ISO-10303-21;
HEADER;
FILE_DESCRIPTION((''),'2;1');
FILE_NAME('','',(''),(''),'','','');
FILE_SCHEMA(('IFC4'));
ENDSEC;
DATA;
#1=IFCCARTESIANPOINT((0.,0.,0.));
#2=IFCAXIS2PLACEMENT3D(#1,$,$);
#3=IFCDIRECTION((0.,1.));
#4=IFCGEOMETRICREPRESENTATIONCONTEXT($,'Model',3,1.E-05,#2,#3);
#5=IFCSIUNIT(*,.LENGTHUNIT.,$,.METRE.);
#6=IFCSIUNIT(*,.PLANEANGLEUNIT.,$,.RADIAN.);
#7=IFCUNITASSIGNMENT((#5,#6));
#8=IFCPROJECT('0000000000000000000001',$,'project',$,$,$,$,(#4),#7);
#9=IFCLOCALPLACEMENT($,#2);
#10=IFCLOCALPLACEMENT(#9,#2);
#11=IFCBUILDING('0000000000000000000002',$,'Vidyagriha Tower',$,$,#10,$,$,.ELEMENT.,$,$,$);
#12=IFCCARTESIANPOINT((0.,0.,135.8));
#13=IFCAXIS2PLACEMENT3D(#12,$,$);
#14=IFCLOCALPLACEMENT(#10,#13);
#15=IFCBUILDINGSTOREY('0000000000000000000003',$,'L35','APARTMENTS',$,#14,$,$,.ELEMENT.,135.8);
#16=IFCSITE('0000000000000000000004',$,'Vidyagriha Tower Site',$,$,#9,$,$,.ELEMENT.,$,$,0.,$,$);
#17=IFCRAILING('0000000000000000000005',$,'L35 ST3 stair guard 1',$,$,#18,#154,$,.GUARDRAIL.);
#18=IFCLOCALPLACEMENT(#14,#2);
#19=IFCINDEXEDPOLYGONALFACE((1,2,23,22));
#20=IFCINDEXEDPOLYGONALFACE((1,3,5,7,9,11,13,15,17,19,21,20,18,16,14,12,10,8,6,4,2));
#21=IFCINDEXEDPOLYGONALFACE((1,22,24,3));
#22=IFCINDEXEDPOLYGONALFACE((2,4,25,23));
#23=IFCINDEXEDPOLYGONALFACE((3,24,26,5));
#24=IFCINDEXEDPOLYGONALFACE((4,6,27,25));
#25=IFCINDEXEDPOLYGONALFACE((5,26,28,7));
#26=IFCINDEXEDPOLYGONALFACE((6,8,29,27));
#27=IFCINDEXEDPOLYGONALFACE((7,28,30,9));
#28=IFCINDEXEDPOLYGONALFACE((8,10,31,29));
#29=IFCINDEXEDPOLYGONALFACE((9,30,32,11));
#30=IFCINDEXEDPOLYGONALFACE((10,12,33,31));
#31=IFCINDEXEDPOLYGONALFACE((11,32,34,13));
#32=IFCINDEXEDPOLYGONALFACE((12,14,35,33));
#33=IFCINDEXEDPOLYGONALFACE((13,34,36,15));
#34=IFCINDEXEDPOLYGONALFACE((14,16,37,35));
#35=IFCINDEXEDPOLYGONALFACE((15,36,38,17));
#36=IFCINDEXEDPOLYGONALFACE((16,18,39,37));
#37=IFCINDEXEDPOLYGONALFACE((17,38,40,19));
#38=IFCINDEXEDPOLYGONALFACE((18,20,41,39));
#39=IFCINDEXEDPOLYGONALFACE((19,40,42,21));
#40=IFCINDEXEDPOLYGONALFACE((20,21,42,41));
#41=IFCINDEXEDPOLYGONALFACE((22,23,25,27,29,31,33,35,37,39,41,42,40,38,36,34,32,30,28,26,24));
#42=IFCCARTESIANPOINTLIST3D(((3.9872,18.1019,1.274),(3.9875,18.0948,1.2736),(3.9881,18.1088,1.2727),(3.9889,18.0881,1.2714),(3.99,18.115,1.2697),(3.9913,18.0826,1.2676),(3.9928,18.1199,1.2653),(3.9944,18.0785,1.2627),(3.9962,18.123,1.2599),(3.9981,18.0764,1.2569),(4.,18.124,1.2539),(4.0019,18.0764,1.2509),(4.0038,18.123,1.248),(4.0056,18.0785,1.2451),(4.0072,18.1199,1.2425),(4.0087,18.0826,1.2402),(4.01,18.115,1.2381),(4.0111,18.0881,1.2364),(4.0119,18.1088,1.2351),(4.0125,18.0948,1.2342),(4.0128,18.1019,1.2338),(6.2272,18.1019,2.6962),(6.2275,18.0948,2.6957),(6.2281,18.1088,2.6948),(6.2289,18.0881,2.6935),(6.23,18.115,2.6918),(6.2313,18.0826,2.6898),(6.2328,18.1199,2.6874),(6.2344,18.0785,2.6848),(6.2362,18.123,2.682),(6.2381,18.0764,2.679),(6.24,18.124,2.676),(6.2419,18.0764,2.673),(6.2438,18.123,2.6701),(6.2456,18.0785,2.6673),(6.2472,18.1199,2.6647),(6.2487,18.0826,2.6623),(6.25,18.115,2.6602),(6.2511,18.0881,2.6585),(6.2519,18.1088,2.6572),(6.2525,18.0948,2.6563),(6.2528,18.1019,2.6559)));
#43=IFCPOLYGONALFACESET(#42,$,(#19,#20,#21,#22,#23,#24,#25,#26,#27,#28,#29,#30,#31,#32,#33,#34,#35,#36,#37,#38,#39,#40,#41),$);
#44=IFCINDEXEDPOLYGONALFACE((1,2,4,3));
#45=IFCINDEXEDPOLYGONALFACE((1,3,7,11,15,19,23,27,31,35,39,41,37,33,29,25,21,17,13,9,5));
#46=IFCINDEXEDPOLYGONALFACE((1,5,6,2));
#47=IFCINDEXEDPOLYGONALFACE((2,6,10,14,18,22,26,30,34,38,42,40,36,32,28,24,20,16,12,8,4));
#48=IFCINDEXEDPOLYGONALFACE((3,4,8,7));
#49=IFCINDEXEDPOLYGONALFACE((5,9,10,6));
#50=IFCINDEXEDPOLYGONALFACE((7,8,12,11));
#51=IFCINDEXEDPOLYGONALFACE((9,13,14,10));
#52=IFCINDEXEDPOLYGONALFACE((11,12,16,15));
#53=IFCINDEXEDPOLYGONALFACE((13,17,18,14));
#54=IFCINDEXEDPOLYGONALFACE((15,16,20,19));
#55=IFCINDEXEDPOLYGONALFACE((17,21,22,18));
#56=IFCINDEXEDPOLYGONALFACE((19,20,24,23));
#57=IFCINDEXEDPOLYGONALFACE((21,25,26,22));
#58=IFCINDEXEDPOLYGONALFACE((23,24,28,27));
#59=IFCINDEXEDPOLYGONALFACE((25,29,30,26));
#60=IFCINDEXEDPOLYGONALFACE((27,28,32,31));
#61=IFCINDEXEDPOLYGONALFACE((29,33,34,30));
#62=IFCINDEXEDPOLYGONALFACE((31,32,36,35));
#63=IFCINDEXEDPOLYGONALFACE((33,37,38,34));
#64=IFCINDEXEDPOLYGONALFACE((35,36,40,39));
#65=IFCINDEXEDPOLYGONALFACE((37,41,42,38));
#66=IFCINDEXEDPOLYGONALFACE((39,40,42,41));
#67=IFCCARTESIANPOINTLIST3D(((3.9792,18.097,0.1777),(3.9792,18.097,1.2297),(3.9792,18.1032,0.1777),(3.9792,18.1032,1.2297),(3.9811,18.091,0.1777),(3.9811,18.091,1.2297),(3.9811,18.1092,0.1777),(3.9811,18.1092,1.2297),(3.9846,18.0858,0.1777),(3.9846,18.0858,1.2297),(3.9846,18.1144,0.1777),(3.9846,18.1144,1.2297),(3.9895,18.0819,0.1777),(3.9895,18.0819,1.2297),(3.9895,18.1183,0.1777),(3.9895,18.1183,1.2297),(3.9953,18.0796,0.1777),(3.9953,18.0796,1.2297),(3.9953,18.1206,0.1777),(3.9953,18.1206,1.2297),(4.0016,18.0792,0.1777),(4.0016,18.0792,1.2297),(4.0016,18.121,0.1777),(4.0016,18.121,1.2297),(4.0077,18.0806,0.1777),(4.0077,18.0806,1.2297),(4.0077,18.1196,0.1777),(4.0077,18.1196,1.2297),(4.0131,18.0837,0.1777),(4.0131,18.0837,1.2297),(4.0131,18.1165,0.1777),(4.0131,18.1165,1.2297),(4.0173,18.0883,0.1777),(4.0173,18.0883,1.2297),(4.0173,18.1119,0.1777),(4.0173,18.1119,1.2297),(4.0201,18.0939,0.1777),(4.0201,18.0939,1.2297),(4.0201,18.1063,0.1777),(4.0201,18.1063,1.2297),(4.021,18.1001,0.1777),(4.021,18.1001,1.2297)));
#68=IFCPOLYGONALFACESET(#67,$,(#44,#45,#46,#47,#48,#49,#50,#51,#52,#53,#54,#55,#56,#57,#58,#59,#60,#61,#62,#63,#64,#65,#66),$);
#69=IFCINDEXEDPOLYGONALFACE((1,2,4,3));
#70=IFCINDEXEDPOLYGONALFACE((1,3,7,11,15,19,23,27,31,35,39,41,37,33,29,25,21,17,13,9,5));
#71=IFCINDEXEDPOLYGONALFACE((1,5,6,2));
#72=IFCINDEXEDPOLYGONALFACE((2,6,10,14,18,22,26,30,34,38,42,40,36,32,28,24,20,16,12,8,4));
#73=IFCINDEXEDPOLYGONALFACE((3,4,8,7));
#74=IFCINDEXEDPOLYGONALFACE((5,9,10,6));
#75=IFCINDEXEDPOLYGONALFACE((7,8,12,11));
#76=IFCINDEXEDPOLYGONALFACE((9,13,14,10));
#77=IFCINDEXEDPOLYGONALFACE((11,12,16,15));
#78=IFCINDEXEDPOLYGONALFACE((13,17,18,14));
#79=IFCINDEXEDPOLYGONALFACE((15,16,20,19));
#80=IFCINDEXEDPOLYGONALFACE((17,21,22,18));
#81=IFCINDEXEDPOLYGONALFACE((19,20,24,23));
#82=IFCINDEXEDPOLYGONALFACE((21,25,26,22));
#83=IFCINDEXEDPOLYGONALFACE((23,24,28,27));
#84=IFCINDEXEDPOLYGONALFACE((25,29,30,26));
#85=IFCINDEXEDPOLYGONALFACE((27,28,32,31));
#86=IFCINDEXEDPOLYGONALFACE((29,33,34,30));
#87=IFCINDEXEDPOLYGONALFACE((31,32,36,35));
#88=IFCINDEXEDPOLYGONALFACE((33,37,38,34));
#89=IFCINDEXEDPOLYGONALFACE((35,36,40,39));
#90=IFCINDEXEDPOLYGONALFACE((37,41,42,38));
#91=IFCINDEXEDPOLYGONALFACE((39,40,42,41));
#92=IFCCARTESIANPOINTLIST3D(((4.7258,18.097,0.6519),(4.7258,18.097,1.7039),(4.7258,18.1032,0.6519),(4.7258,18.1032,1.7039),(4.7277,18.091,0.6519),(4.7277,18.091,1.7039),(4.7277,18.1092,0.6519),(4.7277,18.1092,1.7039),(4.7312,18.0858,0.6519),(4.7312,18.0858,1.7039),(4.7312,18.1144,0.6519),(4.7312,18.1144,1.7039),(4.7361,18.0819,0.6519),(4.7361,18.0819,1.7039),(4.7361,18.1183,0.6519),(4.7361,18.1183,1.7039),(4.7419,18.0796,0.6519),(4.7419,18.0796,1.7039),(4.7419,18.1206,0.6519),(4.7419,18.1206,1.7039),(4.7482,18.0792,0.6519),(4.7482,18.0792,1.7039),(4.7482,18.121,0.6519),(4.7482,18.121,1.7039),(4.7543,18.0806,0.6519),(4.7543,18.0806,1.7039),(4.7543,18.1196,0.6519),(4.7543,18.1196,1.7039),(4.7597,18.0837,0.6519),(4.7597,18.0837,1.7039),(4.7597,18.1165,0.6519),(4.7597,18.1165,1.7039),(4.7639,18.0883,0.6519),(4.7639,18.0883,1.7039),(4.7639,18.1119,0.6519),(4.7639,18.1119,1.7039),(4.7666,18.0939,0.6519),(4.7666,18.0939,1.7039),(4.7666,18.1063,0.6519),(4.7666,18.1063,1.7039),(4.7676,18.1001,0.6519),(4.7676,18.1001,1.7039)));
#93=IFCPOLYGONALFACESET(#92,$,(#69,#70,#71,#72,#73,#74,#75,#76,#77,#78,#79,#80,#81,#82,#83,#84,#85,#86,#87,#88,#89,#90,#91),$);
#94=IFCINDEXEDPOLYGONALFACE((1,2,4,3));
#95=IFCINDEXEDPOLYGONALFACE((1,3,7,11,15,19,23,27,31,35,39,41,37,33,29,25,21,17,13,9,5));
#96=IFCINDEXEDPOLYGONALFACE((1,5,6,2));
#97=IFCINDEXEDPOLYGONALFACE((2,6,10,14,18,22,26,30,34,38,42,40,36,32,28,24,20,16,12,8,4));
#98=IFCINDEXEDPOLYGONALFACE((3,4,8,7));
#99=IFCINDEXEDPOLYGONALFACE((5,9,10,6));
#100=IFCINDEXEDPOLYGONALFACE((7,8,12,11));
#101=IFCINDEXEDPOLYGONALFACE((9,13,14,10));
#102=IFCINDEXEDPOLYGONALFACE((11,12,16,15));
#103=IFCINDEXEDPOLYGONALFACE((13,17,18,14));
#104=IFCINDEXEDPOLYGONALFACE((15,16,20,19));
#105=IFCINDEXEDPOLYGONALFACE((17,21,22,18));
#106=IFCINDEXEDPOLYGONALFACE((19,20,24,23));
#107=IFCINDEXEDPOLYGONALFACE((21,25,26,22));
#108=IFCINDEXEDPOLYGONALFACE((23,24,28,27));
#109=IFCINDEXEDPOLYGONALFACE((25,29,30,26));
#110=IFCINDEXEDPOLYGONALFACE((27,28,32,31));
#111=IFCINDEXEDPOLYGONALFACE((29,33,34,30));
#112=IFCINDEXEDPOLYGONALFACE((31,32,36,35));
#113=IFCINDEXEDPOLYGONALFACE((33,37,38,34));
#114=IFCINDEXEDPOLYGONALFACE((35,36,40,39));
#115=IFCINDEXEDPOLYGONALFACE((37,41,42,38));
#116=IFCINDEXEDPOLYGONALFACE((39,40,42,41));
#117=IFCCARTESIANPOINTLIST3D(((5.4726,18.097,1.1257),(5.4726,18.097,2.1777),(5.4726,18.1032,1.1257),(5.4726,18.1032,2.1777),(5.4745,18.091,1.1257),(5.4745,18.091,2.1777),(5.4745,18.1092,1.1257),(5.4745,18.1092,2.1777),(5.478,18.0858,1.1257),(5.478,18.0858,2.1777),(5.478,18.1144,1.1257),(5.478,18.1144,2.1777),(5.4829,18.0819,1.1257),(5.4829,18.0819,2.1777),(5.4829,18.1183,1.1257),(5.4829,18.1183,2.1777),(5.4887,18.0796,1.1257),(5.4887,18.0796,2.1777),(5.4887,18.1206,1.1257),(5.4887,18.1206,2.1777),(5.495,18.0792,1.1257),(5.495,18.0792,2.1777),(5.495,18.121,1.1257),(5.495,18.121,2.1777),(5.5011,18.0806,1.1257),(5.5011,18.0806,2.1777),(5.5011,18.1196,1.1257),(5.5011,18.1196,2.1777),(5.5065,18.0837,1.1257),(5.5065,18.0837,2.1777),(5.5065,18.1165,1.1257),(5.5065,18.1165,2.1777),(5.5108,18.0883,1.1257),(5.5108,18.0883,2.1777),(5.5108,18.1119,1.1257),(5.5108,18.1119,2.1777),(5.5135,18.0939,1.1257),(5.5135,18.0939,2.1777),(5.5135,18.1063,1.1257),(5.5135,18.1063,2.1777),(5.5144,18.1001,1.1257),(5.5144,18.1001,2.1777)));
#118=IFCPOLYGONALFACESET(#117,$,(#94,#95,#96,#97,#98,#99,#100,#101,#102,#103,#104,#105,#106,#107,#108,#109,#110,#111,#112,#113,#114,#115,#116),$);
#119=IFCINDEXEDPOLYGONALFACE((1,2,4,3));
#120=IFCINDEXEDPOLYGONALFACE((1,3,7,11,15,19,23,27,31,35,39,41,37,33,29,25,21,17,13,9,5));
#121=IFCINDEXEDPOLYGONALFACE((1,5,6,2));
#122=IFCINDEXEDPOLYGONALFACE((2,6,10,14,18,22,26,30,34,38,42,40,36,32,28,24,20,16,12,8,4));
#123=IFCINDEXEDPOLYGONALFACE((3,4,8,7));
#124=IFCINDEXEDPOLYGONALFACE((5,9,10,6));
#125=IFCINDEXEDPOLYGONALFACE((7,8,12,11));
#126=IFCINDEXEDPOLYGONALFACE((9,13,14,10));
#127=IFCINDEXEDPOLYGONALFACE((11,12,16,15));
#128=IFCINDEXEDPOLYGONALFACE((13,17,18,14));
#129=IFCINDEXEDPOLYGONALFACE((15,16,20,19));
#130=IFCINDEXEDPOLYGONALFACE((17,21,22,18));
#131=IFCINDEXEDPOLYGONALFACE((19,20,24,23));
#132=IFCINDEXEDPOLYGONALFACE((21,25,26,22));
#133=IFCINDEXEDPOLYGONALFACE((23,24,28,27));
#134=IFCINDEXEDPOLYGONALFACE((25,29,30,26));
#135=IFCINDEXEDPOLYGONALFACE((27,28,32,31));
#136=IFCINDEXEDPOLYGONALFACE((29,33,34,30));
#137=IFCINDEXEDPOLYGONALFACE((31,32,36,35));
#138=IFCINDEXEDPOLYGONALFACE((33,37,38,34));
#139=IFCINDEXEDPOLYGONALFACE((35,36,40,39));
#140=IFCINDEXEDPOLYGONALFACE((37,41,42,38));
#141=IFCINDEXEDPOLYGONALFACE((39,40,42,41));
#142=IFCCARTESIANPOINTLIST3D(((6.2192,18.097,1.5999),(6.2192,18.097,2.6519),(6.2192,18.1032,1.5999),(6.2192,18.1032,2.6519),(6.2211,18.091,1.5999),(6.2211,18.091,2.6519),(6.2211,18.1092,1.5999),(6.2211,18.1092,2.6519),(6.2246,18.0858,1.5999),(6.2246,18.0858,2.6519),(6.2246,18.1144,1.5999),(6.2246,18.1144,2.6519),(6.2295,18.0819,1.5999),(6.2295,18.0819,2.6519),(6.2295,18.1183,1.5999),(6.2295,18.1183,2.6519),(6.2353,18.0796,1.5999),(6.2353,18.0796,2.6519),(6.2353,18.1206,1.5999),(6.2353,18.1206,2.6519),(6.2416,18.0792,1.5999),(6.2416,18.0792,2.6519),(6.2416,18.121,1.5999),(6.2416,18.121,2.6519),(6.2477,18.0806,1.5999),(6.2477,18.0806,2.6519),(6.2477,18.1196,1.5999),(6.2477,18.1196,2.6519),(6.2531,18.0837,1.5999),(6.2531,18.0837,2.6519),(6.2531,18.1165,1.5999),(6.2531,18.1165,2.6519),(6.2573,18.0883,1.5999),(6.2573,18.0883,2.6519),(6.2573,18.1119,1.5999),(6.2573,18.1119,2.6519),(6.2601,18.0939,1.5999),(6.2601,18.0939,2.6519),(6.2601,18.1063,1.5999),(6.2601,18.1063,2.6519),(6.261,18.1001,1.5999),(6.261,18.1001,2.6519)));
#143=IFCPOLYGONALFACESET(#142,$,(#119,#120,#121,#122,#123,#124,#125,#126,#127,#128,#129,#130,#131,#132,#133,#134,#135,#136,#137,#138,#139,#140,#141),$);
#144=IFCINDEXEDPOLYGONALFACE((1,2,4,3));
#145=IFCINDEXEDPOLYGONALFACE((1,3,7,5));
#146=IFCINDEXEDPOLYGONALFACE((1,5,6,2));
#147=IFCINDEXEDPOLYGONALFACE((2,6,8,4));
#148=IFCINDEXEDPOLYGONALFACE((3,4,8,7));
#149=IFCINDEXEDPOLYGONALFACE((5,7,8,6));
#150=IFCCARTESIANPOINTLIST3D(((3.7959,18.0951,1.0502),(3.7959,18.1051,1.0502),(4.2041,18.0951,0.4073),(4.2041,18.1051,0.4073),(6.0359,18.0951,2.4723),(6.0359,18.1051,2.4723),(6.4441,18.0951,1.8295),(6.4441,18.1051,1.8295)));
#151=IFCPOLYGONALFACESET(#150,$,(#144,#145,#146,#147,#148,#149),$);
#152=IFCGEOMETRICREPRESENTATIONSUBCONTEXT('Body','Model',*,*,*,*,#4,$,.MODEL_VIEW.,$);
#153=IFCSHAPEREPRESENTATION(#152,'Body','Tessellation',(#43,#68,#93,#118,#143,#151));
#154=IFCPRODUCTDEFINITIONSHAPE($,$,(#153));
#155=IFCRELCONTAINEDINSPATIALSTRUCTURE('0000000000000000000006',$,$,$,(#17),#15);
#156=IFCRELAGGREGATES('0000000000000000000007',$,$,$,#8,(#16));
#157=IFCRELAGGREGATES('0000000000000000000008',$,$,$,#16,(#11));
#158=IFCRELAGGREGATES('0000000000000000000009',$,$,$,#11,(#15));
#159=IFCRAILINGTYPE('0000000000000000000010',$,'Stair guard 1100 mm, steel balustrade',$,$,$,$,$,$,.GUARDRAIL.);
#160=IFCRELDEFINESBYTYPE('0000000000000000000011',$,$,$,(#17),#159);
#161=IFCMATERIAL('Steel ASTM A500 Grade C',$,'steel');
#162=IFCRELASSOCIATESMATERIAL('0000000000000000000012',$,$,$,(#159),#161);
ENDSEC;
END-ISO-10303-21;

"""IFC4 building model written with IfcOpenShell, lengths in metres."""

from ifc_helpers import new_model, si_unit, direction, frame, origin, origin_2d, place, context, subcontext, project, spatial, rectangle, circle, extrude, material, type_object, element, save


model = new_model("IFC4")

# Units and contexts
model_context = context("Model", 3, precision=1e-05, world=origin(), true_north=direction((0.0, 1.0)))
body_context = subcontext(model_context, "Body", "Model", "MODEL_VIEW")
ifc_project = project(units=[si_unit("LENGTHUNIT", "METRE"), si_unit("PLANEANGLEUNIT", "RADIAN")], contexts=[model_context])

# Site, building, storey
site_placement = place(None, origin())
site = spatial("IfcSite", under=ifc_project, at=site_placement, Name="Vidyagriha Tower Site", CompositionType="ELEMENT", RefElevation=0.0)
building_placement = place(site_placement, origin())
building = spatial("IfcBuilding", under=site, at=building_placement, Name="Vidyagriha Tower", CompositionType="ELEMENT")
storey_placement = place(building_placement, frame((0.0, 0.0, 135.8)))
storey = spatial("IfcBuildingStorey", under=building, at=storey_placement, Name="L35", Description="APARTMENTS", CompositionType="ELEMENT", Elevation=135.8)

# Railing
ifc_material_1 = material(Name="Steel ASTM A500 Grade C", Category="steel")
railing_type_1 = type_object("IfcRailingType", Name="Stair guard 1100 mm, steel balustrade", PredefinedType="GUARDRAIL", material=ifc_material_1)
railing_1_placement = place(storey_placement, frame((4.0, 18.1001, 0.1777)))
element("IfcRailing", 1, at=railing_1_placement, inside=storey, type_object=railing_type_1, Name="L35 ST3 stair guard 1", PredefinedType="GUARDRAIL", context=body_context, shape_type="SweptSolid", body=[
    extrude(circle(Radius=0.0239, at=origin_2d()), frame((0.0, 0.0, 1.0762), z_axis=(0.844229, 0.0, 0.535982), x_axis=(0.0, 1.0, 0.0)), (0.0, 0.0, 1.0), 2.6533),
    extrude(circle(Radius=0.021, at=origin_2d()), origin(), (0.0, 0.0, 1.0), 1.052),
    extrude(circle(Radius=0.021, at=origin_2d()), frame((0.7466, 0.0, 0.4741)), (0.0, 0.0, 1.0), 1.052),
    extrude(circle(Radius=0.021, at=origin_2d()), frame((1.4934, 0.0, 0.948)), (0.0, 0.0, 1.0), 1.052),
    extrude(circle(Radius=0.021, at=origin_2d()), frame((2.24, 0.0, 1.4221)), (0.0, 0.0, 1.0), 1.052),
    extrude(rectangle(XDim=0.01, YDim=0.7615, at=origin_2d()), frame((0.0, 0.0, 0.551), z_axis=(0.844229, 0.0, 0.535982), x_axis=(0.0, 1.0, 0.0)), (0.0, 0.0, 1.0), 2.6533),
])

save(model, "model.ifc")
